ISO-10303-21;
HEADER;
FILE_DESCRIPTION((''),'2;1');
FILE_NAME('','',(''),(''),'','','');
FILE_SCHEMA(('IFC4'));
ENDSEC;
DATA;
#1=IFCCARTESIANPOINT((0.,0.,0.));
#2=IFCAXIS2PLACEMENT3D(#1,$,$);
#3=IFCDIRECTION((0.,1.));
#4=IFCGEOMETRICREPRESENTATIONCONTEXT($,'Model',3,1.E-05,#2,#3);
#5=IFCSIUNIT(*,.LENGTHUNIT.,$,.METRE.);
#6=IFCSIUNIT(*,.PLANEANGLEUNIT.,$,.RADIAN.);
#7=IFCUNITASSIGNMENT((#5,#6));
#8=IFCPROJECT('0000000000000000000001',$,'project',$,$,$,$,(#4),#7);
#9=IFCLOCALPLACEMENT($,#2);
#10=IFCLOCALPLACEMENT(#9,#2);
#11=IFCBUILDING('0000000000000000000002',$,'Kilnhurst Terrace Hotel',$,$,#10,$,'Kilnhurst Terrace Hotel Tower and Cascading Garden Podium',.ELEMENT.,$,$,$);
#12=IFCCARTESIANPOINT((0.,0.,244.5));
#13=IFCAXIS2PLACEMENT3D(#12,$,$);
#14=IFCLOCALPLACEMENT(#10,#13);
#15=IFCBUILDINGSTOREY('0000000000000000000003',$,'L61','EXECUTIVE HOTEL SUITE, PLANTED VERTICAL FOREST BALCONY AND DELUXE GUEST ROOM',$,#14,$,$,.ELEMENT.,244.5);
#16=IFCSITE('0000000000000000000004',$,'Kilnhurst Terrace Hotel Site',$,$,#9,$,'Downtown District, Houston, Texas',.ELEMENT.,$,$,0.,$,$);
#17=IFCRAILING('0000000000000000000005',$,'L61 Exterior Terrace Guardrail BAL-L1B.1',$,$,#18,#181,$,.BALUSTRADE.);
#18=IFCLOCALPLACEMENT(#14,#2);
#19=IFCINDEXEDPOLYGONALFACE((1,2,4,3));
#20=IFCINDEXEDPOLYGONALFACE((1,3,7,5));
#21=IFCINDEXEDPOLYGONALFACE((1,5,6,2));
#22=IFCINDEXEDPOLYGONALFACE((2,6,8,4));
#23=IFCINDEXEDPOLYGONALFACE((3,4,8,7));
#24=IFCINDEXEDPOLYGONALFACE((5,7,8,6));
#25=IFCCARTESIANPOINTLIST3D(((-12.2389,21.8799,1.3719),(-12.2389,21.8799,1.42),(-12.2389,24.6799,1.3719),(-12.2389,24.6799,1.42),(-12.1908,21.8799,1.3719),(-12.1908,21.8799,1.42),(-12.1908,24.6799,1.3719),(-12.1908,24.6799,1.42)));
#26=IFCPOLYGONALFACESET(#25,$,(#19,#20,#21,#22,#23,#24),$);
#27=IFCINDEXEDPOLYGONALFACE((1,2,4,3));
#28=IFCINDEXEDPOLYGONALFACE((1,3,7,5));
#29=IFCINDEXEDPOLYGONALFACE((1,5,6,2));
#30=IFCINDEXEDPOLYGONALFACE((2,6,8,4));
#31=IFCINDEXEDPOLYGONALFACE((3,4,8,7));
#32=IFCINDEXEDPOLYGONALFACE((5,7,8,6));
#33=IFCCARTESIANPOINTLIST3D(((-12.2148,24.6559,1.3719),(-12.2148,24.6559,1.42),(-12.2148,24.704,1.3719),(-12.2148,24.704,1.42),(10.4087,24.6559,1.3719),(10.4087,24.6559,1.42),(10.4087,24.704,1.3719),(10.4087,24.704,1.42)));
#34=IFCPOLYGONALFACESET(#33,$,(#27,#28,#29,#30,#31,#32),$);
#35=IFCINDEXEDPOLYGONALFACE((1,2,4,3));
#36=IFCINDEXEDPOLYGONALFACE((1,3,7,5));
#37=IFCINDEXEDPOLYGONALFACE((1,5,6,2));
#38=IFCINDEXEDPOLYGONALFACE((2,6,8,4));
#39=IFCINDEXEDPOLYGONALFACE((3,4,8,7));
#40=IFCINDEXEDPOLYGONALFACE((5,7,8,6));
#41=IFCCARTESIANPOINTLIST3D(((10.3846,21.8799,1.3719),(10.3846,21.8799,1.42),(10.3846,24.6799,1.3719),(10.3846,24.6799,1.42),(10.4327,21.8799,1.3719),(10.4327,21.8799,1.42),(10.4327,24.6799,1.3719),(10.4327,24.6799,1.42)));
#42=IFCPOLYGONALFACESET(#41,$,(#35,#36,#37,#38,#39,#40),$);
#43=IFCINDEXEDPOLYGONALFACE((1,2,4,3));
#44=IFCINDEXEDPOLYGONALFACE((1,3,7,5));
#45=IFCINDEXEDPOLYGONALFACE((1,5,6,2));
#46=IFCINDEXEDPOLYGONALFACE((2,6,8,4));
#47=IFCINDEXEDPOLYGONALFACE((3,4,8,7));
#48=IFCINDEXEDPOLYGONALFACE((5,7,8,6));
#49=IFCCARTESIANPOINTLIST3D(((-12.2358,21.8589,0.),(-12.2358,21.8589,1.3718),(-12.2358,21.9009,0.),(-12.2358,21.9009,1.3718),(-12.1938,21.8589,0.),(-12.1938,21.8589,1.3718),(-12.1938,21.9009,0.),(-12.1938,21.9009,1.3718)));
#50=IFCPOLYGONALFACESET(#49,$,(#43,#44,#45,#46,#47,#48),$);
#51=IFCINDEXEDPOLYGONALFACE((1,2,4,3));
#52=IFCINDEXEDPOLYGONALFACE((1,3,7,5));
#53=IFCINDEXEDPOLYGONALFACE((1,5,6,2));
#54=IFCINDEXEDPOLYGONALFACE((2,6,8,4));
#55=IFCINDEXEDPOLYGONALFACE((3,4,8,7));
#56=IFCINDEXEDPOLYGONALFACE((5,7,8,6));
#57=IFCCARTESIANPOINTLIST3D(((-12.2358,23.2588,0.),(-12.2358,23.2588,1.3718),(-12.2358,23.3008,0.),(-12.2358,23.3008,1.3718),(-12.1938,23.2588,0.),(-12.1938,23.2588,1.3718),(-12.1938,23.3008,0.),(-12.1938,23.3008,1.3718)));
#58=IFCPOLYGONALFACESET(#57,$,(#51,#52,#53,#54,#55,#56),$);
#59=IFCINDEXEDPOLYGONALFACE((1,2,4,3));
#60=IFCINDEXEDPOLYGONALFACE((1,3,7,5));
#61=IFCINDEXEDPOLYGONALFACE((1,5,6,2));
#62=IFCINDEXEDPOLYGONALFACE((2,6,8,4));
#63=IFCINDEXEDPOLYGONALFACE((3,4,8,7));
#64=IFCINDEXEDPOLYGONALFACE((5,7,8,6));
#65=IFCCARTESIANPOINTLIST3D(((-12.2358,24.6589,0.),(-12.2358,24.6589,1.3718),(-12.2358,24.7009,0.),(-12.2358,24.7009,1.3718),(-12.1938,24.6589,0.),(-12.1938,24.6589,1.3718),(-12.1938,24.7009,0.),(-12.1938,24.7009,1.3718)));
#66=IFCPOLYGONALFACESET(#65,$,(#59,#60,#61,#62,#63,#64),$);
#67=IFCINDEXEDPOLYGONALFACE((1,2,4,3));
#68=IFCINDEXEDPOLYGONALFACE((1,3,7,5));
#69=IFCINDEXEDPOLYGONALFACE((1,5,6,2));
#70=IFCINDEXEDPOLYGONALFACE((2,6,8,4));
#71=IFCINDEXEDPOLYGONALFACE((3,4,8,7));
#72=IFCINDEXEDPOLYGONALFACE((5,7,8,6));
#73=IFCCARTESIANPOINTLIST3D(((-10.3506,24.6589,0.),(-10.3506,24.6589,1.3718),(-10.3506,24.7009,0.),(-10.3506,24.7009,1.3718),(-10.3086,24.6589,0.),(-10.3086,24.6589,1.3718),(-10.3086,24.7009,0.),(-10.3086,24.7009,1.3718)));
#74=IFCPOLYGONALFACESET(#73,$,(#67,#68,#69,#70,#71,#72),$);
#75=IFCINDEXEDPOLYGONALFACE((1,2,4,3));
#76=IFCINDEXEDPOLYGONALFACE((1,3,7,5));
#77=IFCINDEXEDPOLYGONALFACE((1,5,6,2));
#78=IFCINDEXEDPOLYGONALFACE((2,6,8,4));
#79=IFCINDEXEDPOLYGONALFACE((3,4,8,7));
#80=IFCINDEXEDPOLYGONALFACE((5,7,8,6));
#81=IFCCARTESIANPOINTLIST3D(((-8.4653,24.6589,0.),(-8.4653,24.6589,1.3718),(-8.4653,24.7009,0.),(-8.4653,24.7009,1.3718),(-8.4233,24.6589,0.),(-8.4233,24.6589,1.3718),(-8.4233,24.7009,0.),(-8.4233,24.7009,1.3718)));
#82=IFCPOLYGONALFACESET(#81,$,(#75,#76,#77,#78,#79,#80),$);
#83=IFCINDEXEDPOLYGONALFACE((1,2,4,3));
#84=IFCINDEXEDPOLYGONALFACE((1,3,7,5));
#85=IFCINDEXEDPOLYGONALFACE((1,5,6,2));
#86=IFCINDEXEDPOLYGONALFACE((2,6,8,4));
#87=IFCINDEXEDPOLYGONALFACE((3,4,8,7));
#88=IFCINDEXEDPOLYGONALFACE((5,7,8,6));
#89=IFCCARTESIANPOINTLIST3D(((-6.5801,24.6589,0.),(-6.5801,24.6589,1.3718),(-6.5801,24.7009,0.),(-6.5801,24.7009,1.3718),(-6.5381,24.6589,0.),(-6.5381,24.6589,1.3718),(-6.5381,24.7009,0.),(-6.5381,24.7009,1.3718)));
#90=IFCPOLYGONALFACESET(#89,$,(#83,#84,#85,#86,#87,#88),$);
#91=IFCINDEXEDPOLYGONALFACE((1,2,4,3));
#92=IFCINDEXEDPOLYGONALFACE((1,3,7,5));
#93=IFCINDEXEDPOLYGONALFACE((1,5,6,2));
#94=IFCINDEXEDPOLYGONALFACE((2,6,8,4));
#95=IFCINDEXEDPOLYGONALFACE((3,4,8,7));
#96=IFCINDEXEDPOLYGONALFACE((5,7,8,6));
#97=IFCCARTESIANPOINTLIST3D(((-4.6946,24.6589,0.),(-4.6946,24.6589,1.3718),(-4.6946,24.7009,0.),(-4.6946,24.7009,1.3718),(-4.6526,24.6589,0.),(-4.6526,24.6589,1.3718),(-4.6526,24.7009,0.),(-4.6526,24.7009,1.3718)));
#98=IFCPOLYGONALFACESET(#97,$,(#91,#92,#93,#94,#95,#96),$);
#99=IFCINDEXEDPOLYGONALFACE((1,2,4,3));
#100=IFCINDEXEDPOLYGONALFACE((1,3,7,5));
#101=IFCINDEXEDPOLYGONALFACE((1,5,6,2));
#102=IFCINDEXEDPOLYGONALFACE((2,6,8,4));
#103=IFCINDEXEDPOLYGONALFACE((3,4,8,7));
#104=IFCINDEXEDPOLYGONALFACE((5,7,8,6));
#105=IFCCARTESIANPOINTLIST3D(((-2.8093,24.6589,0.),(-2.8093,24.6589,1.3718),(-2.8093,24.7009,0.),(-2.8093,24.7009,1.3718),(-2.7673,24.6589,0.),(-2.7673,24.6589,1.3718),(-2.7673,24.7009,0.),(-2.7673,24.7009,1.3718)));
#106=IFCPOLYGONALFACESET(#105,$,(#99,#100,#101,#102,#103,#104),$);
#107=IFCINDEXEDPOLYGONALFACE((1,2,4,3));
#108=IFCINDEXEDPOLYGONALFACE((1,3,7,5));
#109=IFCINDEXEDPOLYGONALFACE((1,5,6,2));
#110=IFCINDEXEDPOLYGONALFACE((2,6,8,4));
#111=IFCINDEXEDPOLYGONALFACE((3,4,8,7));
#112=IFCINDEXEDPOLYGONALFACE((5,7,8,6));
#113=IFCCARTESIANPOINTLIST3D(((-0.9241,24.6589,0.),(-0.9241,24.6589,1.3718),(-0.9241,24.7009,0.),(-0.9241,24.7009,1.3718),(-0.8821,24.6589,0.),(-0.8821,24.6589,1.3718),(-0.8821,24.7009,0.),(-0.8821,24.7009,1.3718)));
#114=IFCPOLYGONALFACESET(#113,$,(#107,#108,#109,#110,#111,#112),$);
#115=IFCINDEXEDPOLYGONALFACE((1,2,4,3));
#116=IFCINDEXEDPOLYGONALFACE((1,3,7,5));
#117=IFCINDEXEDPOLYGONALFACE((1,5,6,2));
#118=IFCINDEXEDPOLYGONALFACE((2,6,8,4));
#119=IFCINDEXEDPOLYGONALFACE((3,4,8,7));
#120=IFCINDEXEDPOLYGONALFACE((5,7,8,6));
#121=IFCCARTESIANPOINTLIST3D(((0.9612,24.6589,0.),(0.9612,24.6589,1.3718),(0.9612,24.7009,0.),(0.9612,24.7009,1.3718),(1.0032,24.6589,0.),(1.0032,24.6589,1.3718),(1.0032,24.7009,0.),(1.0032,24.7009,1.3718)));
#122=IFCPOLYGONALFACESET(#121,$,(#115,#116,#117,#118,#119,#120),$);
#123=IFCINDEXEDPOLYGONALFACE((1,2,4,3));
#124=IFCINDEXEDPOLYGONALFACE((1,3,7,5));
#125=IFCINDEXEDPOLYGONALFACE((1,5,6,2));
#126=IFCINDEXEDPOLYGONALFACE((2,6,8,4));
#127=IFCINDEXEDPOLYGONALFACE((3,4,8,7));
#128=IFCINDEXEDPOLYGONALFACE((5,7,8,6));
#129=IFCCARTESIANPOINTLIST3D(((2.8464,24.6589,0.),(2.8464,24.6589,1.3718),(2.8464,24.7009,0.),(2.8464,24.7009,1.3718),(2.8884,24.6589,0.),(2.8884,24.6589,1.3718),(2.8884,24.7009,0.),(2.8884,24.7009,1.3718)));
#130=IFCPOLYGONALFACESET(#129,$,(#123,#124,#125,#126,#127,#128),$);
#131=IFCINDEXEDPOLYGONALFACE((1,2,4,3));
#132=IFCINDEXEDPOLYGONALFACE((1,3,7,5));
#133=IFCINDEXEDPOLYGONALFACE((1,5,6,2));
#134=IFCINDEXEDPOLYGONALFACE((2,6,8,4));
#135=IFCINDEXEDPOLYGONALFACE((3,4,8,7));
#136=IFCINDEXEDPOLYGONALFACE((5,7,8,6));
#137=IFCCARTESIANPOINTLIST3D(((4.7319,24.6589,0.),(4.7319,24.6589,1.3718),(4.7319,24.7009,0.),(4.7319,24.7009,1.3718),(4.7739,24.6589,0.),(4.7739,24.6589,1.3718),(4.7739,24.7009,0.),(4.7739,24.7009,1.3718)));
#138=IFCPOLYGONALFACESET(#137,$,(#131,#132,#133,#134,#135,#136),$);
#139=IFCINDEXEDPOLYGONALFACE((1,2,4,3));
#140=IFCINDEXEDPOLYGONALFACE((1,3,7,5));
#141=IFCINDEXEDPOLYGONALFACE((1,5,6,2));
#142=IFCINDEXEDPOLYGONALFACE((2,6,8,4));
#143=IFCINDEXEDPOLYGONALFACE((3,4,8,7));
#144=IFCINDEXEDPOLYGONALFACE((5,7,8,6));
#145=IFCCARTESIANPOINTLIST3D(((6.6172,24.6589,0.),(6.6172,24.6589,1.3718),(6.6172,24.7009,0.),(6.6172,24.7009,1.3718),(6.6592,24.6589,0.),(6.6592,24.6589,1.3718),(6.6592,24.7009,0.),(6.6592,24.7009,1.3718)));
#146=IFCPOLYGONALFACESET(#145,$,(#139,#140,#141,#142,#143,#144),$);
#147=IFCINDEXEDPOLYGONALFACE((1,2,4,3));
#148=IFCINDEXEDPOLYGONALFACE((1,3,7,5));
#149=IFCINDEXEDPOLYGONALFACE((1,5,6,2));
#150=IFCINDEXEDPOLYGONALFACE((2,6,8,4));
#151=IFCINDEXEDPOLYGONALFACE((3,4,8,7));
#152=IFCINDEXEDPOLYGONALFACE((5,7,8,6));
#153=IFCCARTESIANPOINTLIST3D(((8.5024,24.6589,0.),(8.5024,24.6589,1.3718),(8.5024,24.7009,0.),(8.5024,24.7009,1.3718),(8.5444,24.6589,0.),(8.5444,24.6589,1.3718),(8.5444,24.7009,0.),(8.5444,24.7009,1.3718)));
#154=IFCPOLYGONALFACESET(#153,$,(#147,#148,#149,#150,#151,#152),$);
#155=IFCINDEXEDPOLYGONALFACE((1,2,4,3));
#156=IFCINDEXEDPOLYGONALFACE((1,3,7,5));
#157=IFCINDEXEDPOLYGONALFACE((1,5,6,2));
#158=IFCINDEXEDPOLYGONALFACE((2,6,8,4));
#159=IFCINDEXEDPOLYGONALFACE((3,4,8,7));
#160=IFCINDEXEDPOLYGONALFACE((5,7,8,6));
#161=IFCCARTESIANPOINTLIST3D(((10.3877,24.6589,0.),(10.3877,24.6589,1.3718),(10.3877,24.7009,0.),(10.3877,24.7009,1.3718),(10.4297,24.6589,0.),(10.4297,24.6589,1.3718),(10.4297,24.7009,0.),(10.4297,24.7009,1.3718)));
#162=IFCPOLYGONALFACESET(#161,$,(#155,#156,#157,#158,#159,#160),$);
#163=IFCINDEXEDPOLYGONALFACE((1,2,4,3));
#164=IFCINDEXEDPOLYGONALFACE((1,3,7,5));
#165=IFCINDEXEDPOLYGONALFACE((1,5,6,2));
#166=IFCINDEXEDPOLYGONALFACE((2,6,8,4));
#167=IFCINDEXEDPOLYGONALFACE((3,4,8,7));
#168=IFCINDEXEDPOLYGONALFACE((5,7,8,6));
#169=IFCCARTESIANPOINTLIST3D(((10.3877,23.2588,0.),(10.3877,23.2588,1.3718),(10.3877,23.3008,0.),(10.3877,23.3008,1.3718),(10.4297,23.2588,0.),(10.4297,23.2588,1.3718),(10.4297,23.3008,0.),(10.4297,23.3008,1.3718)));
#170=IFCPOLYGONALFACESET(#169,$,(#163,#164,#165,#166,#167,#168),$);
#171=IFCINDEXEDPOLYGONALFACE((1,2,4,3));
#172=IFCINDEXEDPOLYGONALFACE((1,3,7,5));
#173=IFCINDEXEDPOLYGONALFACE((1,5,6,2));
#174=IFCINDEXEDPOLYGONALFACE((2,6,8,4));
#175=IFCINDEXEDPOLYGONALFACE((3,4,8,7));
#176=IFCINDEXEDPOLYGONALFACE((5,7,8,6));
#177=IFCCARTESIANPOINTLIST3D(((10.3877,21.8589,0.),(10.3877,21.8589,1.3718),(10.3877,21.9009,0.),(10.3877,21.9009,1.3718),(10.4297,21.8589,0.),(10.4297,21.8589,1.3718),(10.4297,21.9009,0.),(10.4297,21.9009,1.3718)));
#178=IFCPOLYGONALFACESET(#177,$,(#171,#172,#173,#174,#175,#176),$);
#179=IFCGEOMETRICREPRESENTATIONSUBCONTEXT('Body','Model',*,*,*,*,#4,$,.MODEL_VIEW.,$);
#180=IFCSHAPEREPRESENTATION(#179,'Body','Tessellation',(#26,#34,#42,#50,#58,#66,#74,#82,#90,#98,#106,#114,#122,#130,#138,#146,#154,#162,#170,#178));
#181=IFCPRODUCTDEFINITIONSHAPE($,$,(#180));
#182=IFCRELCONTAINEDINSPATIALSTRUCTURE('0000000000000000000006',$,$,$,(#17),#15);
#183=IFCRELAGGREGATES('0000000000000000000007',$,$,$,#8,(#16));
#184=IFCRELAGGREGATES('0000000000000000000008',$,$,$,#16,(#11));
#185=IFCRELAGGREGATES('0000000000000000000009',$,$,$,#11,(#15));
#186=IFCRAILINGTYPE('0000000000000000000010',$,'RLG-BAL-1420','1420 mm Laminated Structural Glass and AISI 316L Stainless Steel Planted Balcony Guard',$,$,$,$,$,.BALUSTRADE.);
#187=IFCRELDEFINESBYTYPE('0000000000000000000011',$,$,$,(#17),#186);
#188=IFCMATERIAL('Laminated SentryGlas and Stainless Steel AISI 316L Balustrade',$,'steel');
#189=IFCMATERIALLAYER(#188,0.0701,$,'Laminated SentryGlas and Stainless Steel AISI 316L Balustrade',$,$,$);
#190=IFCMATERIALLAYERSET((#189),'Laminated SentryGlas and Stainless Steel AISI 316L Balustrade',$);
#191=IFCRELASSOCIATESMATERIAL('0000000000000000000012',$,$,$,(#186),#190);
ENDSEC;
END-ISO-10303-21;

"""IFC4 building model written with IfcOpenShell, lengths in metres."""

from ifc_helpers import new_model, si_unit, direction, frame, origin, origin_2d, place, context, subcontext, project, spatial, rectangle, extrude, material, layer, layer_set, type_object, element, save


model = new_model("IFC4")

# Units and contexts
model_context = context("Model", 3, precision=1e-05, world=origin(), true_north=direction((0.0, 1.0)))
body_context = subcontext(model_context, "Body", "Model", "MODEL_VIEW")
ifc_project = project(units=[si_unit("LENGTHUNIT", "METRE"), si_unit("PLANEANGLEUNIT", "RADIAN")], contexts=[model_context])

# Site, building, storey
site_placement = place(None, origin())
site = spatial("IfcSite", under=ifc_project, at=site_placement, Name="Kilnhurst Terrace Hotel Site", LongName="Downtown District, Houston, Texas", CompositionType="ELEMENT", RefElevation=0.0)
building_placement = place(site_placement, origin())
building = spatial("IfcBuilding", under=site, at=building_placement, Name="Kilnhurst Terrace Hotel", LongName="Kilnhurst Terrace Hotel Tower and Cascading Garden Podium", CompositionType="ELEMENT")
storey_placement = place(building_placement, frame((0.0, 0.0, 244.5)))
storey = spatial("IfcBuildingStorey", under=building, at=storey_placement, Name="L61", Description="EXECUTIVE HOTEL SUITE, PLANTED VERTICAL FOREST BALCONY AND DELUXE GUEST ROOM", CompositionType="ELEMENT", Elevation=244.5)

# Railing
ifc_material_1 = material(Name="Laminated SentryGlas and Stainless Steel AISI 316L Balustrade", Category="steel")
ifc_layer_1 = layer(ifc_material_1, 0.0701, Name="Laminated SentryGlas and Stainless Steel AISI 316L Balustrade")
ifc_layer_set_1 = layer_set([ifc_layer_1], Name="Laminated SentryGlas and Stainless Steel AISI 316L Balustrade")
railing_type = type_object("IfcRailingType", Name="RLG-BAL-1420", Description="1420 mm Laminated Structural Glass and AISI 316L Stainless Steel Planted Balcony Guard", PredefinedType="BALUSTRADE", material=ifc_layer_set_1)
railing_placement = place(storey_placement, frame((-12.2148, 21.8799, 0.0)))
element("IfcRailing", 1, at=railing_placement, inside=storey, type_object=railing_type, Name="L61 Exterior Terrace Guardrail BAL-L1B.1", PredefinedType="BALUSTRADE", context=body_context, shape_type="SweptSolid", body=[
    extrude(rectangle(XDim=0.0481, YDim=0.0481, at=origin_2d()), frame((0.0, 0.0, 1.396), z_axis=(0.0, 1.0, 0.0), x_axis=(-1.0, 0.0, 0.0)), (0.0, 0.0, 1.0), 2.8),
    extrude(rectangle(XDim=0.0481, YDim=0.0481, at=origin_2d()), frame((0.0, 2.8, 1.396), z_axis=(1.0, 0.0, 0.0), x_axis=(0.0, 1.0, 0.0)), (0.0, 0.0, 1.0), 22.6235),
    extrude(rectangle(XDim=0.0481, YDim=0.0481, at=origin_2d()), frame((22.6235, 2.8, 1.396), z_axis=(0.0, -1.0, 0.0), x_axis=(1.0, 0.0, 0.0)), (0.0, 0.0, 1.0), 2.8),
    extrude(rectangle(XDim=0.042, YDim=0.042, at=origin_2d()), origin(), (0.0, 0.0, 1.0), 1.3718),
    extrude(rectangle(XDim=0.042, YDim=0.042, at=origin_2d()), frame((0.0, 1.3999, 0.0)), (0.0, 0.0, 1.0), 1.3718),
    extrude(rectangle(XDim=0.042, YDim=0.042, at=origin_2d()), frame((0.0, 2.8, 0.0)), (0.0, 0.0, 1.0), 1.3718),
    extrude(rectangle(XDim=0.042, YDim=0.042, at=origin_2d()), frame((1.8853, 2.8, 0.0)), (0.0, 0.0, 1.0), 1.3718),
    extrude(rectangle(XDim=0.042, YDim=0.042, at=origin_2d()), frame((3.7705, 2.8, 0.0)), (0.0, 0.0, 1.0), 1.3718),
    extrude(rectangle(XDim=0.042, YDim=0.042, at=origin_2d()), frame((5.6558, 2.8, 0.0)), (0.0, 0.0, 1.0), 1.3718),
    extrude(rectangle(XDim=0.042, YDim=0.042, at=origin_2d()), frame((7.5413, 2.8, 0.0)), (0.0, 0.0, 1.0), 1.3718),
    extrude(rectangle(XDim=0.042, YDim=0.042, at=origin_2d()), frame((9.4265, 2.8, 0.0)), (0.0, 0.0, 1.0), 1.3718),
    extrude(rectangle(XDim=0.042, YDim=0.042, at=origin_2d()), frame((11.3118, 2.8, 0.0)), (0.0, 0.0, 1.0), 1.3718),
    extrude(rectangle(XDim=0.042, YDim=0.042, at=origin_2d()), frame((13.197, 2.8, 0.0)), (0.0, 0.0, 1.0), 1.3718),
    extrude(rectangle(XDim=0.042, YDim=0.042, at=origin_2d()), frame((15.0823, 2.8, 0.0)), (0.0, 0.0, 1.0), 1.3718),
    extrude(rectangle(XDim=0.042, YDim=0.042, at=origin_2d()), frame((16.9678, 2.8, 0.0)), (0.0, 0.0, 1.0), 1.3718),
    extrude(rectangle(XDim=0.042, YDim=0.042, at=origin_2d()), frame((18.853, 2.8, 0.0)), (0.0, 0.0, 1.0), 1.3718),
    extrude(rectangle(XDim=0.042, YDim=0.042, at=origin_2d()), frame((20.7383, 2.8, 0.0)), (0.0, 0.0, 1.0), 1.3718),
    extrude(rectangle(XDim=0.042, YDim=0.042, at=origin_2d()), frame((22.6235, 2.8, 0.0)), (0.0, 0.0, 1.0), 1.3718),
    extrude(rectangle(XDim=0.042, YDim=0.042, at=origin_2d()), frame((22.6235, 1.3999, 0.0)), (0.0, 0.0, 1.0), 1.3718),
    extrude(rectangle(XDim=0.042, YDim=0.042, at=origin_2d()), frame((22.6235, 0.0, 0.0)), (0.0, 0.0, 1.0), 1.3718),
])

save(model, "model.ifc")
